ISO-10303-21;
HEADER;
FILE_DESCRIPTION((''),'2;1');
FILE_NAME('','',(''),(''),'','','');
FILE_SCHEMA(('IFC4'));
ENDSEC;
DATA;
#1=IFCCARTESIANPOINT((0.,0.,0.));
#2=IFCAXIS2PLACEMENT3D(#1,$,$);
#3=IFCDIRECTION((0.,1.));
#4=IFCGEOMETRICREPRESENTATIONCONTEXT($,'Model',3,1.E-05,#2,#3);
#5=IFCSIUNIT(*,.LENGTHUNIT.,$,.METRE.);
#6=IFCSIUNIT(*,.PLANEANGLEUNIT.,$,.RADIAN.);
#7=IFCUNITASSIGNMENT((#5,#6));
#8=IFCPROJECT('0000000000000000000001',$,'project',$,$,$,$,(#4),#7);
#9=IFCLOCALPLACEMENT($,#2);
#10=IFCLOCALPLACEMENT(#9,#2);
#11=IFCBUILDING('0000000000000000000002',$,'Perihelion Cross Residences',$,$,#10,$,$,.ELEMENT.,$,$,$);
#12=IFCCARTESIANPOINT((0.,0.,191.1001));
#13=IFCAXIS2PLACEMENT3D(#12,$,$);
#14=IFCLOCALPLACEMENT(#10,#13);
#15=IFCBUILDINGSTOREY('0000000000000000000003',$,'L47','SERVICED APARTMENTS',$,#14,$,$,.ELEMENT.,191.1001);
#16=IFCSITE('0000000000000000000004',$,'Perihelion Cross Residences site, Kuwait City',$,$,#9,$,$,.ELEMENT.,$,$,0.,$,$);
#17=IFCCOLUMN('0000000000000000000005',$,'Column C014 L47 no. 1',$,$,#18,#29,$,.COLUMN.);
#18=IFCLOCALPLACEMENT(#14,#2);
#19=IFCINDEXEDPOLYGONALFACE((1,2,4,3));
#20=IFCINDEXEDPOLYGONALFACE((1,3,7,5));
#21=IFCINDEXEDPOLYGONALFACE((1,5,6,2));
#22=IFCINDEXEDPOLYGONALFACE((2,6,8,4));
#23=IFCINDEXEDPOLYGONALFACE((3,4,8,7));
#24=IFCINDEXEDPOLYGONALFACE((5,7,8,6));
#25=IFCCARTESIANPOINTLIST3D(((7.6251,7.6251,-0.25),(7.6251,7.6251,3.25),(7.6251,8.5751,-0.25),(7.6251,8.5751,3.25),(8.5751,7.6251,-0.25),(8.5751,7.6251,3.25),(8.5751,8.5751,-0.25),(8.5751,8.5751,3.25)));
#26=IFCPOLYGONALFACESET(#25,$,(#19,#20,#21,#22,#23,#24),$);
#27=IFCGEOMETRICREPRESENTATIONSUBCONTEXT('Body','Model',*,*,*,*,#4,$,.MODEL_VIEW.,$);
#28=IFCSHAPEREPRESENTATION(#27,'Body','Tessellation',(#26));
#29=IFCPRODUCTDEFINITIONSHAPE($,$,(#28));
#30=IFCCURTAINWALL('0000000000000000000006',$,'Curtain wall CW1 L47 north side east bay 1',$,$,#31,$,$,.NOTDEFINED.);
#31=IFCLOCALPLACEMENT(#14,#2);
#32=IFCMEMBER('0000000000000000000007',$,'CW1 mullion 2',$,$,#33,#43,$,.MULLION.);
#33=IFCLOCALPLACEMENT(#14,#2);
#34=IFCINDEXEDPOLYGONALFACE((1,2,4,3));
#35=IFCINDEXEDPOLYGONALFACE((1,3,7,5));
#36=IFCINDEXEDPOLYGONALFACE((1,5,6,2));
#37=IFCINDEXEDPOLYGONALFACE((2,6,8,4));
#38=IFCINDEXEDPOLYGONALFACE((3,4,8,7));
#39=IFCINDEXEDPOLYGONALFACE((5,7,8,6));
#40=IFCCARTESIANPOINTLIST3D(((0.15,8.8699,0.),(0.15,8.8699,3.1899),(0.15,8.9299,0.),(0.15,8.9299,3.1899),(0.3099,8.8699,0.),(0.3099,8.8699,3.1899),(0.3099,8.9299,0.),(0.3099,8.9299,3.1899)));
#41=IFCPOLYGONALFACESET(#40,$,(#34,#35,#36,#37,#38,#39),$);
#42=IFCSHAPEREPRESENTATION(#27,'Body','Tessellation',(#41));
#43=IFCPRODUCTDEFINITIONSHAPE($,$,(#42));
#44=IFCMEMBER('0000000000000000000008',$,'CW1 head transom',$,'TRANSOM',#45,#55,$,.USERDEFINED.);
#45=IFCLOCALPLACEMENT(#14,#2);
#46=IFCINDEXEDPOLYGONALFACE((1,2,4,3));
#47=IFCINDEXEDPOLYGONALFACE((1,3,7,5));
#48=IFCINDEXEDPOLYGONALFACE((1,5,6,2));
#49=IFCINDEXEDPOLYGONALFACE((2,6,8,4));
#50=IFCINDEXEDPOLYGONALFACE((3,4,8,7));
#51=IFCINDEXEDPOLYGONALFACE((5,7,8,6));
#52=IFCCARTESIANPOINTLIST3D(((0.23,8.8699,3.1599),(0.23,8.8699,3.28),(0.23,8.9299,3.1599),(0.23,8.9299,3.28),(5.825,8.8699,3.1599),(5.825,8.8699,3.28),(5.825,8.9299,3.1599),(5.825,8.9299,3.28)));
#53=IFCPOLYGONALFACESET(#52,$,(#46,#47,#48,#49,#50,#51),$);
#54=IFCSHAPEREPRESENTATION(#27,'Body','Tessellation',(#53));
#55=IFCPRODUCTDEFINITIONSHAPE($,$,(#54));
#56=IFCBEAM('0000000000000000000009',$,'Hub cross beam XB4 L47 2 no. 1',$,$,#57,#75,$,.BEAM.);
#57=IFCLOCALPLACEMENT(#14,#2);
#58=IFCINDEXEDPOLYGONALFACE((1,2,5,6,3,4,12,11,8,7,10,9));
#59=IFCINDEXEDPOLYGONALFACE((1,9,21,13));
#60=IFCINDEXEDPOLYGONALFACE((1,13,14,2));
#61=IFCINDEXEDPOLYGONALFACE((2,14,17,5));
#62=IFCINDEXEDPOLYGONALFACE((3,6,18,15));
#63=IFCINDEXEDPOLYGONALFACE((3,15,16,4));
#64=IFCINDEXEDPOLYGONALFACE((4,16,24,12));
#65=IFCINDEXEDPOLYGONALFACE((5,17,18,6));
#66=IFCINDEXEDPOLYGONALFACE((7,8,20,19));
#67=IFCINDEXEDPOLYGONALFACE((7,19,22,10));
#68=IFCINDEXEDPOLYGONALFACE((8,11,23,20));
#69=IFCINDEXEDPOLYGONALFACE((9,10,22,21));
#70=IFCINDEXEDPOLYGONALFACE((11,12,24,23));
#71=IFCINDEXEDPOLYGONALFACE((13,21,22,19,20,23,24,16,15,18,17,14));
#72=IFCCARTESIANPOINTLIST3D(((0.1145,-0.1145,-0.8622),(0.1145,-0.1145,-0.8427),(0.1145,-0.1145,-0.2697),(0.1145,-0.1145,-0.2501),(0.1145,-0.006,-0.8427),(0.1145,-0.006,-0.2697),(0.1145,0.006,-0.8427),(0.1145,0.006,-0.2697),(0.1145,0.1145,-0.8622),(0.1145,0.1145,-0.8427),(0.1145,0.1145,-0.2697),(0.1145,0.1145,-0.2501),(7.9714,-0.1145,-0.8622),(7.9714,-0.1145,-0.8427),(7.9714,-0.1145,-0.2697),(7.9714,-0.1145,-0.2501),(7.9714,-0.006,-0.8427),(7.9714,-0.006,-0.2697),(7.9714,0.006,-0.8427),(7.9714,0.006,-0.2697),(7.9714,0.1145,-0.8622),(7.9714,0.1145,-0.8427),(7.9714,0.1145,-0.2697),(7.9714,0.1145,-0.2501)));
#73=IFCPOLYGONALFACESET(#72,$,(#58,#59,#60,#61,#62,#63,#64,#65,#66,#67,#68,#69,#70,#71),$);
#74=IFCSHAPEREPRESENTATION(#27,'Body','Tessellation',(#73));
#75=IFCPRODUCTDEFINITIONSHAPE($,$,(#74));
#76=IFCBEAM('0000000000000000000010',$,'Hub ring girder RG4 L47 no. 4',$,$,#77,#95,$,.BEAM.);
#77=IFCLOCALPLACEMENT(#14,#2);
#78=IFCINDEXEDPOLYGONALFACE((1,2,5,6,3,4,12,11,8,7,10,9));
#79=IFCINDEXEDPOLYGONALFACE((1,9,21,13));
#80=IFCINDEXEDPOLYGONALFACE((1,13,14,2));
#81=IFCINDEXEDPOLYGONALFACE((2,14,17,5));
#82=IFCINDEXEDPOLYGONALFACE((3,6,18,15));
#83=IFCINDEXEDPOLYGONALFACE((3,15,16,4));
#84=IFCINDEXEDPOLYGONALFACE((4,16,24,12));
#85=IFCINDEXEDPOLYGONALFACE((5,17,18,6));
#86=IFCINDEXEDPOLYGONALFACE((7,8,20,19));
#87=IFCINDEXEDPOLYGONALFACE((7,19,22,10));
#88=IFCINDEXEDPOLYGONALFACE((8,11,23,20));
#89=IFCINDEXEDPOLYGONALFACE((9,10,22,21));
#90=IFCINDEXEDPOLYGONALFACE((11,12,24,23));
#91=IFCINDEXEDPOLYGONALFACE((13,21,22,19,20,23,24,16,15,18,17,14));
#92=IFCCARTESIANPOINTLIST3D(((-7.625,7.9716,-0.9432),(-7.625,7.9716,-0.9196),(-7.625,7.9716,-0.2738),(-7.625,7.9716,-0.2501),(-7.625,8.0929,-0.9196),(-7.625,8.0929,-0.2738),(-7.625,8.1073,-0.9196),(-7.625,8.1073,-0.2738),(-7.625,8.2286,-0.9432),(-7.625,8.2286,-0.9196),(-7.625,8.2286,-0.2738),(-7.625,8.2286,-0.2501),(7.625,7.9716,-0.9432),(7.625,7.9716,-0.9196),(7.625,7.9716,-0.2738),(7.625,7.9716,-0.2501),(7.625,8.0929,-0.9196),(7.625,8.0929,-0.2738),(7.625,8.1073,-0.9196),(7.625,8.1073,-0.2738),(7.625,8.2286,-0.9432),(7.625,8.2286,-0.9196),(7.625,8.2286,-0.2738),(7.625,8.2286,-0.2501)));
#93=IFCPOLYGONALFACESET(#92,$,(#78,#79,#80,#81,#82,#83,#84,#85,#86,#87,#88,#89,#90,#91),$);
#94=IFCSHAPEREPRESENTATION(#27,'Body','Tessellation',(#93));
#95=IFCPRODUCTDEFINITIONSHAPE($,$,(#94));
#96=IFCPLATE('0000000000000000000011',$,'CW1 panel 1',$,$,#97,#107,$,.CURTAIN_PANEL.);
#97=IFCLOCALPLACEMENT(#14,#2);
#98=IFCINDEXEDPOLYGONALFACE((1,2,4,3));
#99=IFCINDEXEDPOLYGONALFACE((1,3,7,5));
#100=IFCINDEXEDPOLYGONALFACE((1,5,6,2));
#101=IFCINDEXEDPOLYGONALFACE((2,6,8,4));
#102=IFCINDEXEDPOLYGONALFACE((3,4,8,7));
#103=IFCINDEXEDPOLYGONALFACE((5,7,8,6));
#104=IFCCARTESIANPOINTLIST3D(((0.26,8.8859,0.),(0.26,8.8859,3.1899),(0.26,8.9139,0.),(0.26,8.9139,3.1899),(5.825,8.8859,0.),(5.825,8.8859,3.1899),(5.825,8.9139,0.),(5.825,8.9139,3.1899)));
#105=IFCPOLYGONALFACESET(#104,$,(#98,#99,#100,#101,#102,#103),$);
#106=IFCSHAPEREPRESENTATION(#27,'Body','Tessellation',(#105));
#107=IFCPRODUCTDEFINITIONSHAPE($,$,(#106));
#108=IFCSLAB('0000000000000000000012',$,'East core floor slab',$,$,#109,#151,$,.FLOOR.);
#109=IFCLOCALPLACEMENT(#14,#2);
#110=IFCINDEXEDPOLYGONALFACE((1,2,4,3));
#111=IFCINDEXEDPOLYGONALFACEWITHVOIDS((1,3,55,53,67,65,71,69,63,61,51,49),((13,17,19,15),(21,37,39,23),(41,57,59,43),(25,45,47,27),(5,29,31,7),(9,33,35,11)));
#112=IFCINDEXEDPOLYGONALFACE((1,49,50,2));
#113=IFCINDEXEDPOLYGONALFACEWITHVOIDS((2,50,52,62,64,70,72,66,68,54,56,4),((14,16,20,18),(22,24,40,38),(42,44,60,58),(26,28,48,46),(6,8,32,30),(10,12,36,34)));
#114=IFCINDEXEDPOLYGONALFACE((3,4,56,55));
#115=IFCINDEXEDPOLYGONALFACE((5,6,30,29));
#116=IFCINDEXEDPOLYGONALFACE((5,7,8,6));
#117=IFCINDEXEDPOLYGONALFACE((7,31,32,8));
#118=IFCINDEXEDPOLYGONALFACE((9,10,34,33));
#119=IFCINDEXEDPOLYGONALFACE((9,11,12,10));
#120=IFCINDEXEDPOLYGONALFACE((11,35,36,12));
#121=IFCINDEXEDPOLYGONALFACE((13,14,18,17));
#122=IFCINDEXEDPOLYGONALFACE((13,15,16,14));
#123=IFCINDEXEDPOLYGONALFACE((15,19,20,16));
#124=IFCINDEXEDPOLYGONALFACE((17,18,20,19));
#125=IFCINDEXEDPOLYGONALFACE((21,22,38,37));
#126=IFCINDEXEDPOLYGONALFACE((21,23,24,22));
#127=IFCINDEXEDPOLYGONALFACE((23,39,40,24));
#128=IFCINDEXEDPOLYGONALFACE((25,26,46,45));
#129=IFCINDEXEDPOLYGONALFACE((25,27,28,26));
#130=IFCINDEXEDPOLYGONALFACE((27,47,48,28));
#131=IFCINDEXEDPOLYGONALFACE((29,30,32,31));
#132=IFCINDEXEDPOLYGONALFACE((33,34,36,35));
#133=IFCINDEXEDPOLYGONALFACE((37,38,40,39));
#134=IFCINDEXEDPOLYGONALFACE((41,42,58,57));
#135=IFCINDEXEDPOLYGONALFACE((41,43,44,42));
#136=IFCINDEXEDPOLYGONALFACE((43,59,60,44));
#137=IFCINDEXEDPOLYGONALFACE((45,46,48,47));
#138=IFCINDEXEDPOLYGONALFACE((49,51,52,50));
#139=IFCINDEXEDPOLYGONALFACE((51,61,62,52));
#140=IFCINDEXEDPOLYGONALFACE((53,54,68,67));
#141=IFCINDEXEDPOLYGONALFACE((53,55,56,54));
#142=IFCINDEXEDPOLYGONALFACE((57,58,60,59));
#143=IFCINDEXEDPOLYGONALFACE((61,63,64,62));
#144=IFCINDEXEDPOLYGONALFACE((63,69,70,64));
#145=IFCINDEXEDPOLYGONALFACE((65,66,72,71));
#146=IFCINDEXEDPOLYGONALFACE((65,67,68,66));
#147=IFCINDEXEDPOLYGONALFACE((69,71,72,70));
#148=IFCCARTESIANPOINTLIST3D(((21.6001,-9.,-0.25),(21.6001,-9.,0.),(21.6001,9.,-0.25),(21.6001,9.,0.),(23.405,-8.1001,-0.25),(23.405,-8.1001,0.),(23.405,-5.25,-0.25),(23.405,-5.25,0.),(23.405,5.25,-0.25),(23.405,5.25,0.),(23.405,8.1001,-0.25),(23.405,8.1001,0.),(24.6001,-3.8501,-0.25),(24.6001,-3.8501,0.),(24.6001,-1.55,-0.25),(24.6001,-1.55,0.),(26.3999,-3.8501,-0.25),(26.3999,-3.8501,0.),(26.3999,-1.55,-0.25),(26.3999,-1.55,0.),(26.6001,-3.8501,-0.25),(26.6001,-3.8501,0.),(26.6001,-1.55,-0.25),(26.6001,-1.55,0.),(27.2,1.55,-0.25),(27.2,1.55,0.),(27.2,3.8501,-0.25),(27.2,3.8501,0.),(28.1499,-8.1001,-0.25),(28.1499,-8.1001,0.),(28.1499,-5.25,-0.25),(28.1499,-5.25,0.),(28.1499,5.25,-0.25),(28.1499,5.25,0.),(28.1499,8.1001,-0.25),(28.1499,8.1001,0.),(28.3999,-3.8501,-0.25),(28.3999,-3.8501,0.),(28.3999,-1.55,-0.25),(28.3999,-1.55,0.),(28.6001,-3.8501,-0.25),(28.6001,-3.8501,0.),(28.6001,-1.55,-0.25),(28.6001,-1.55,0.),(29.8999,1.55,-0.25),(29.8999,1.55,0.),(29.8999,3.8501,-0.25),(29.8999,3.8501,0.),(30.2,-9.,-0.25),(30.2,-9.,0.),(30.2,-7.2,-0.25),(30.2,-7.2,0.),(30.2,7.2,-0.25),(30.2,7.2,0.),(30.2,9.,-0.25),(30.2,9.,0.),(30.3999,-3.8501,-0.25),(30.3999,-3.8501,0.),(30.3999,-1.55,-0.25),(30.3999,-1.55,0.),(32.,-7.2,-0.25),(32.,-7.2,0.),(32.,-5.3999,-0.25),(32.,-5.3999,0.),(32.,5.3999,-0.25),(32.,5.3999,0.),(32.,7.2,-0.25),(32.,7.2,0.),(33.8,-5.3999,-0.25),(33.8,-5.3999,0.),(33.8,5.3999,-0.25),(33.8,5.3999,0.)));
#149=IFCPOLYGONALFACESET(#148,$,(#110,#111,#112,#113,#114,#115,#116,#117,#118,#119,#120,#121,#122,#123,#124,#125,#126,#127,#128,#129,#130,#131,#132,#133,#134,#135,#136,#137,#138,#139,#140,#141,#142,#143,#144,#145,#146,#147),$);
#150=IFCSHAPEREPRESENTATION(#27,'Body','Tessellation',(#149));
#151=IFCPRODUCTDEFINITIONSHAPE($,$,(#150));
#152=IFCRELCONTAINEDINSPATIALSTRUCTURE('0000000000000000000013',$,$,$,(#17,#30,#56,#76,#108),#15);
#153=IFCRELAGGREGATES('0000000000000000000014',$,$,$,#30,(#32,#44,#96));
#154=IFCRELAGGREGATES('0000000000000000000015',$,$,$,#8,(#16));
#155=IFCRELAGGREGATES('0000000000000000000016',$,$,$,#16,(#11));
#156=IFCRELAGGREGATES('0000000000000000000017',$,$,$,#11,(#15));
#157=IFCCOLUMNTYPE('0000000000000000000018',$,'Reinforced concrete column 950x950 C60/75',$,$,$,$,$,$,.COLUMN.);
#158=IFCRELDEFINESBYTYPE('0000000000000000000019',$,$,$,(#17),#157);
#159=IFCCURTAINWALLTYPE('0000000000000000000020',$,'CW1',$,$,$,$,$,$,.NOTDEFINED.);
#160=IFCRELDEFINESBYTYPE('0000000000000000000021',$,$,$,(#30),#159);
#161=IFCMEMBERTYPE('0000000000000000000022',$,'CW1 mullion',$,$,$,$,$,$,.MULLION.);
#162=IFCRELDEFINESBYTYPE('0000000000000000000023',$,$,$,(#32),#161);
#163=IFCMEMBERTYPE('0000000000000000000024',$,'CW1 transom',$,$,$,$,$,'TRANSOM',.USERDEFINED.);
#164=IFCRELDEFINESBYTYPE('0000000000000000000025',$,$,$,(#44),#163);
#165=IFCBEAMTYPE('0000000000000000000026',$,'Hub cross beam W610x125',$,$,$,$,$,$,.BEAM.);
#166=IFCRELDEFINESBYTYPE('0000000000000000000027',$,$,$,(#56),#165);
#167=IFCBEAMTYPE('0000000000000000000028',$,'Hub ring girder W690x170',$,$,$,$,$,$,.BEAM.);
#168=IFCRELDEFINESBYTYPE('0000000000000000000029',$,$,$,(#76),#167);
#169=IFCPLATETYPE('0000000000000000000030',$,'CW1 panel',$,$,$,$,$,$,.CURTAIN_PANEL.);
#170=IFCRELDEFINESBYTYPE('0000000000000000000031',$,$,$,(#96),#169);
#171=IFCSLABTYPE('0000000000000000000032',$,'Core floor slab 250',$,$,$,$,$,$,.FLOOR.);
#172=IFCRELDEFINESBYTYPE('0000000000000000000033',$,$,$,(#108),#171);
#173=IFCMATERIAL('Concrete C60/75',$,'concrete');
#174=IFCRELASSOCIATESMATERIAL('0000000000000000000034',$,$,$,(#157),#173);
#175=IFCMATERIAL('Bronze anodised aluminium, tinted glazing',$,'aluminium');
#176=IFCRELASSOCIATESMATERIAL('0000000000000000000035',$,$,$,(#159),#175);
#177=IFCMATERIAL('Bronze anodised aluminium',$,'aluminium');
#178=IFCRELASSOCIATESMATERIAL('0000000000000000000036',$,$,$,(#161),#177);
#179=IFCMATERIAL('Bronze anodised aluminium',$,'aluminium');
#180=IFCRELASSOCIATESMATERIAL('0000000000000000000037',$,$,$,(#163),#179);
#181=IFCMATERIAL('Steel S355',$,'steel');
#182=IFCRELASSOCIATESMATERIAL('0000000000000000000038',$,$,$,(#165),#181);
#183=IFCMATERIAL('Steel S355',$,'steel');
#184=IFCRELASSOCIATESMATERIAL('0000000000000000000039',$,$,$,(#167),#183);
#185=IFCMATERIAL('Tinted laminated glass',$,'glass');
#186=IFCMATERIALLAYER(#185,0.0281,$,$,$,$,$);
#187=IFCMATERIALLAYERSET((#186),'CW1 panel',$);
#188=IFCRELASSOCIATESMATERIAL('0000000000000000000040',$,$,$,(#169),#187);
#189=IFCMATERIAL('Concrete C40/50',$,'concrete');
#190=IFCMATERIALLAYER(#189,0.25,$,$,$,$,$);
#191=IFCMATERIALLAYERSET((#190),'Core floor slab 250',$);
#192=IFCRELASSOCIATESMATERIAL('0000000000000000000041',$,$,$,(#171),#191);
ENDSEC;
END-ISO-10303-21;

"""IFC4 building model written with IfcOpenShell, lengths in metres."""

from ifc_helpers import new_model, si_unit, direction, frame, origin, origin_2d, place, context, subcontext, project, spatial, polyline, rectangle, i_section, outline, extrude, material, layer, layer_set, material_profile, profile_set, type_object, element, aggregate, save


model = new_model("IFC4")

# Units and contexts
model_context = context("Model", 3, precision=1e-05, world=origin(), true_north=direction((0.0, 1.0)))
body_context = subcontext(model_context, "Body", "Model", "MODEL_VIEW")
ifc_project = project(units=[si_unit("LENGTHUNIT", "METRE"), si_unit("PLANEANGLEUNIT", "RADIAN")], contexts=[model_context])

# Site, building, storey
site_placement = place(None, origin())
site = spatial("IfcSite", under=ifc_project, at=site_placement, Name="Perihelion Cross Residences site, Kuwait City", CompositionType="ELEMENT", RefElevation=0.0)
building_placement = place(site_placement, origin())
building = spatial("IfcBuilding", under=site, at=building_placement, Name="Perihelion Cross Residences", CompositionType="ELEMENT")
storey_placement = place(building_placement, frame((0.0, 0.0, 191.1001)))
storey = spatial("IfcBuildingStorey", under=building, at=storey_placement, Name="L47", Description="SERVICED APARTMENTS", CompositionType="ELEMENT", Elevation=191.1001)

# Column
ifc_material_1 = material(Name="Concrete C60/75", Category="concrete")
ifc_material_profile_1 = material_profile(ifc_material_1, rectangle(XDim=0.95, YDim=0.95, at=origin_2d()), Name="RC 950x950")
ifc_profile_set_1 = profile_set([ifc_material_profile_1], Name="Concrete C60/75")
column_type = type_object("IfcColumnType", Name="Reinforced concrete column 950x950 C60/75", PredefinedType="COLUMN", material=ifc_profile_set_1)
column_placement = place(storey_placement, frame((8.1001, 8.1001, -0.25), z_axis=(0.0, 0.0, 1.0), x_axis=(1.0, 0.0, 0.0)))
element("IfcColumn", 1, at=column_placement, inside=storey, type_object=column_type, Name="Column C014 L47 no. 1", PredefinedType="COLUMN", context=body_context, shape_type="SweptSolid", body=[
    extrude(rectangle(XDim=0.95, YDim=0.95, at=origin_2d()), origin(), (0.0, 0.0, 1.0), 3.5),
])

# Curtain wall, members
ifc_material_2 = material(Name="Bronze anodised aluminium, tinted glazing", Category="aluminium")
curtain_wall_type = type_object("IfcCurtainWallType", Name="CW1", PredefinedType="NOTDEFINED", material=ifc_material_2)
curtain_wall_placement = place(storey_placement, origin())
curtain_wall = element("IfcCurtainWall", 2, at=curtain_wall_placement, inside=storey, type_object=curtain_wall_type, Name="Curtain wall CW1 L47 north side east bay 1", PredefinedType="NOTDEFINED")
ifc_material_3 = material(Name="Bronze anodised aluminium", Category="aluminium")
ifc_material_profile_2 = material_profile(ifc_material_3, rectangle(XDim=0.0601, YDim=0.1599, at=origin_2d()), Name="CW1 mullion")
ifc_profile_set_2 = profile_set([ifc_material_profile_2], Name="Bronze anodised aluminium")
member_type_1 = type_object("IfcMemberType", Name="CW1 mullion", PredefinedType="MULLION", material=ifc_profile_set_2)
member_1_placement = place(storey_placement, frame((0.23, 8.8999, 0.0), z_axis=(0.0, 0.0, 1.0), x_axis=(0.0, -1.0, 0.0)))
member_1 = element("IfcMember", 3, at=member_1_placement, type_object=member_type_1, Name="CW1 mullion 2", PredefinedType="MULLION", context=body_context, shape_type="SweptSolid", body=[
    extrude(rectangle(XDim=0.0601, YDim=0.1599, at=origin_2d()), origin(), (0.0, 0.0, 1.0), 3.1899),
])
ifc_material_4 = material(Name="Bronze anodised aluminium", Category="aluminium")
ifc_material_profile_3 = material_profile(ifc_material_4, rectangle(XDim=0.0601, YDim=0.1201, at=origin_2d()), Name="CW1 transom")
ifc_profile_set_3 = profile_set([ifc_material_profile_3], Name="Bronze anodised aluminium")
member_type_2 = type_object("IfcMemberType", Name="CW1 transom", ElementType="TRANSOM", PredefinedType="USERDEFINED", material=ifc_profile_set_3)
member_2_placement = place(storey_placement, frame((5.825, 8.8999, 3.22), z_axis=(-1.0, 0.0, 0.0), x_axis=(0.0, -1.0, 0.0)))
member_2 = element("IfcMember", 4, at=member_2_placement, type_object=member_type_2, Name="CW1 head transom", ObjectType="TRANSOM", PredefinedType="USERDEFINED", context=body_context, shape_type="SweptSolid", body=[
    extrude(rectangle(XDim=0.0601, YDim=0.1201, at=origin_2d()), origin(), (0.0, 0.0, 1.0), 5.595),
])

# Beams
ifc_material_5 = material(Name="Steel S355", Category="steel")
ifc_material_profile_4 = material_profile(ifc_material_5, i_section(OverallWidth=0.229, OverallDepth=0.6121, WebThickness=0.012, FlangeThickness=0.0195, at=origin_2d()), Name="W610x125")
ifc_profile_set_4 = profile_set([ifc_material_profile_4], Name="Steel S355")
beam_type_1 = type_object("IfcBeamType", Name="Hub cross beam W610x125", PredefinedType="BEAM", material=ifc_profile_set_4)
beam_1_placement = place(storey_placement, frame((0.1145, 0.0, -0.5562), z_axis=(1.0, 0.0, 0.0), x_axis=(0.0, 1.0, 0.0)))
element("IfcBeam", 5, at=beam_1_placement, inside=storey, type_object=beam_type_1, Name="Hub cross beam XB4 L47 2 no. 1", PredefinedType="BEAM", context=body_context, shape_type="SweptSolid", body=[
    extrude(i_section(OverallWidth=0.229, OverallDepth=0.6121, WebThickness=0.012, FlangeThickness=0.0195, at=origin_2d()), origin(), (0.0, 0.0, 1.0), 7.8569),
])
ifc_material_6 = material(Name="Steel S355", Category="steel")
ifc_material_profile_5 = material_profile(ifc_material_6, i_section(OverallWidth=0.2571, OverallDepth=0.6931, WebThickness=0.0144, FlangeThickness=0.0237, at=origin_2d()), Name="W690x170")
ifc_profile_set_5 = profile_set([ifc_material_profile_5], Name="Steel S355")
beam_type_2 = type_object("IfcBeamType", Name="Hub ring girder W690x170", PredefinedType="BEAM", material=ifc_profile_set_5)
beam_2_placement = place(storey_placement, frame((7.625, 8.1001, -0.5967), z_axis=(-1.0, 0.0, 0.0), x_axis=(0.0, -1.0, 0.0)))
element("IfcBeam", 6, at=beam_2_placement, inside=storey, type_object=beam_type_2, Name="Hub ring girder RG4 L47 no. 4", PredefinedType="BEAM", context=body_context, shape_type="SweptSolid", body=[
    extrude(i_section(OverallWidth=0.2571, OverallDepth=0.6931, WebThickness=0.0144, FlangeThickness=0.0237, at=origin_2d()), origin(), (0.0, 0.0, 1.0), 15.25),
])

# Plate
ifc_material_7 = material(Name="Tinted laminated glass", Category="glass")
ifc_layer_1 = layer(ifc_material_7, 0.0281)
ifc_layer_set_1 = layer_set([ifc_layer_1], Name="CW1 panel")
plate_type = type_object("IfcPlateType", Name="CW1 panel", PredefinedType="CURTAIN_PANEL", material=ifc_layer_set_1)
plate_placement = place(storey_placement, frame((3.0425, 8.8999, 0.0), z_axis=(0.0, 0.0, 1.0), x_axis=(-1.0, 0.0, 0.0)))
plate = element("IfcPlate", 7, at=plate_placement, type_object=plate_type, Name="CW1 panel 1", PredefinedType="CURTAIN_PANEL", context=body_context, shape_type="SweptSolid", body=[
    extrude(rectangle(XDim=5.5649, YDim=0.0281, at=origin_2d()), origin(), (0.0, 0.0, 1.0), 3.1899),
])
aggregate(curtain_wall, [member_1, member_2, plate])

# Slab
ifc_material_8 = material(Name="Concrete C40/50", Category="concrete")
ifc_layer_2 = layer(ifc_material_8, 0.25)
ifc_layer_set_2 = layer_set([ifc_layer_2], Name="Core floor slab 250")
slab_type_1 = type_object("IfcSlabType", Name="Core floor slab 250", PredefinedType="FLOOR", material=ifc_layer_set_2)
slab_1_placement = place(storey_placement, frame((0.0, 0.0, -0.25)))
element("IfcSlab", 8, at=slab_1_placement, inside=storey, type_object=slab_type_1, Name="East core floor slab", PredefinedType="FLOOR", context=body_context, shape_type="SweptSolid", body=[
    extrude(outline(polyline([(30.2, 7.2), (32.0, 7.2), (32.0, 5.3999), (33.8, 5.3999), (33.8, -5.3999), (32.0, -5.3999), (32.0, -7.2), (30.2, -7.2), (30.2, -9.0), (21.6001, -9.0), (21.6001, 9.0), (30.2, 9.0), (30.2, 7.2)]), holes=[polyline([(28.1499, -8.1001), (28.1499, -5.25), (23.405, -5.25), (23.405, -8.1001), (28.1499, -8.1001)]), polyline([(24.6001, -1.55), (24.6001, -3.8501), (26.3999, -3.8501), (26.3999, -1.55), (24.6001, -1.55)]), polyline([(26.6001, -1.55), (26.6001, -3.8501), (28.3999, -3.8501), (28.3999, -1.55), (26.6001, -1.55)]), polyline([(28.6001, -3.8501), (30.3999, -3.8501), (30.3999, -1.55), (28.6001, -1.55), (28.6001, -3.8501)]), polyline([(27.2, 3.8501), (27.2, 1.55), (29.8999, 1.55), (29.8999, 3.8501), (27.2, 3.8501)]), polyline([(23.405, 5.25), (28.1499, 5.25), (28.1499, 8.1001), (23.405, 8.1001), (23.405, 5.25)])]), origin(), (0.0, 0.0, 1.0), 0.25),
])

save(model, "model.ifc")
